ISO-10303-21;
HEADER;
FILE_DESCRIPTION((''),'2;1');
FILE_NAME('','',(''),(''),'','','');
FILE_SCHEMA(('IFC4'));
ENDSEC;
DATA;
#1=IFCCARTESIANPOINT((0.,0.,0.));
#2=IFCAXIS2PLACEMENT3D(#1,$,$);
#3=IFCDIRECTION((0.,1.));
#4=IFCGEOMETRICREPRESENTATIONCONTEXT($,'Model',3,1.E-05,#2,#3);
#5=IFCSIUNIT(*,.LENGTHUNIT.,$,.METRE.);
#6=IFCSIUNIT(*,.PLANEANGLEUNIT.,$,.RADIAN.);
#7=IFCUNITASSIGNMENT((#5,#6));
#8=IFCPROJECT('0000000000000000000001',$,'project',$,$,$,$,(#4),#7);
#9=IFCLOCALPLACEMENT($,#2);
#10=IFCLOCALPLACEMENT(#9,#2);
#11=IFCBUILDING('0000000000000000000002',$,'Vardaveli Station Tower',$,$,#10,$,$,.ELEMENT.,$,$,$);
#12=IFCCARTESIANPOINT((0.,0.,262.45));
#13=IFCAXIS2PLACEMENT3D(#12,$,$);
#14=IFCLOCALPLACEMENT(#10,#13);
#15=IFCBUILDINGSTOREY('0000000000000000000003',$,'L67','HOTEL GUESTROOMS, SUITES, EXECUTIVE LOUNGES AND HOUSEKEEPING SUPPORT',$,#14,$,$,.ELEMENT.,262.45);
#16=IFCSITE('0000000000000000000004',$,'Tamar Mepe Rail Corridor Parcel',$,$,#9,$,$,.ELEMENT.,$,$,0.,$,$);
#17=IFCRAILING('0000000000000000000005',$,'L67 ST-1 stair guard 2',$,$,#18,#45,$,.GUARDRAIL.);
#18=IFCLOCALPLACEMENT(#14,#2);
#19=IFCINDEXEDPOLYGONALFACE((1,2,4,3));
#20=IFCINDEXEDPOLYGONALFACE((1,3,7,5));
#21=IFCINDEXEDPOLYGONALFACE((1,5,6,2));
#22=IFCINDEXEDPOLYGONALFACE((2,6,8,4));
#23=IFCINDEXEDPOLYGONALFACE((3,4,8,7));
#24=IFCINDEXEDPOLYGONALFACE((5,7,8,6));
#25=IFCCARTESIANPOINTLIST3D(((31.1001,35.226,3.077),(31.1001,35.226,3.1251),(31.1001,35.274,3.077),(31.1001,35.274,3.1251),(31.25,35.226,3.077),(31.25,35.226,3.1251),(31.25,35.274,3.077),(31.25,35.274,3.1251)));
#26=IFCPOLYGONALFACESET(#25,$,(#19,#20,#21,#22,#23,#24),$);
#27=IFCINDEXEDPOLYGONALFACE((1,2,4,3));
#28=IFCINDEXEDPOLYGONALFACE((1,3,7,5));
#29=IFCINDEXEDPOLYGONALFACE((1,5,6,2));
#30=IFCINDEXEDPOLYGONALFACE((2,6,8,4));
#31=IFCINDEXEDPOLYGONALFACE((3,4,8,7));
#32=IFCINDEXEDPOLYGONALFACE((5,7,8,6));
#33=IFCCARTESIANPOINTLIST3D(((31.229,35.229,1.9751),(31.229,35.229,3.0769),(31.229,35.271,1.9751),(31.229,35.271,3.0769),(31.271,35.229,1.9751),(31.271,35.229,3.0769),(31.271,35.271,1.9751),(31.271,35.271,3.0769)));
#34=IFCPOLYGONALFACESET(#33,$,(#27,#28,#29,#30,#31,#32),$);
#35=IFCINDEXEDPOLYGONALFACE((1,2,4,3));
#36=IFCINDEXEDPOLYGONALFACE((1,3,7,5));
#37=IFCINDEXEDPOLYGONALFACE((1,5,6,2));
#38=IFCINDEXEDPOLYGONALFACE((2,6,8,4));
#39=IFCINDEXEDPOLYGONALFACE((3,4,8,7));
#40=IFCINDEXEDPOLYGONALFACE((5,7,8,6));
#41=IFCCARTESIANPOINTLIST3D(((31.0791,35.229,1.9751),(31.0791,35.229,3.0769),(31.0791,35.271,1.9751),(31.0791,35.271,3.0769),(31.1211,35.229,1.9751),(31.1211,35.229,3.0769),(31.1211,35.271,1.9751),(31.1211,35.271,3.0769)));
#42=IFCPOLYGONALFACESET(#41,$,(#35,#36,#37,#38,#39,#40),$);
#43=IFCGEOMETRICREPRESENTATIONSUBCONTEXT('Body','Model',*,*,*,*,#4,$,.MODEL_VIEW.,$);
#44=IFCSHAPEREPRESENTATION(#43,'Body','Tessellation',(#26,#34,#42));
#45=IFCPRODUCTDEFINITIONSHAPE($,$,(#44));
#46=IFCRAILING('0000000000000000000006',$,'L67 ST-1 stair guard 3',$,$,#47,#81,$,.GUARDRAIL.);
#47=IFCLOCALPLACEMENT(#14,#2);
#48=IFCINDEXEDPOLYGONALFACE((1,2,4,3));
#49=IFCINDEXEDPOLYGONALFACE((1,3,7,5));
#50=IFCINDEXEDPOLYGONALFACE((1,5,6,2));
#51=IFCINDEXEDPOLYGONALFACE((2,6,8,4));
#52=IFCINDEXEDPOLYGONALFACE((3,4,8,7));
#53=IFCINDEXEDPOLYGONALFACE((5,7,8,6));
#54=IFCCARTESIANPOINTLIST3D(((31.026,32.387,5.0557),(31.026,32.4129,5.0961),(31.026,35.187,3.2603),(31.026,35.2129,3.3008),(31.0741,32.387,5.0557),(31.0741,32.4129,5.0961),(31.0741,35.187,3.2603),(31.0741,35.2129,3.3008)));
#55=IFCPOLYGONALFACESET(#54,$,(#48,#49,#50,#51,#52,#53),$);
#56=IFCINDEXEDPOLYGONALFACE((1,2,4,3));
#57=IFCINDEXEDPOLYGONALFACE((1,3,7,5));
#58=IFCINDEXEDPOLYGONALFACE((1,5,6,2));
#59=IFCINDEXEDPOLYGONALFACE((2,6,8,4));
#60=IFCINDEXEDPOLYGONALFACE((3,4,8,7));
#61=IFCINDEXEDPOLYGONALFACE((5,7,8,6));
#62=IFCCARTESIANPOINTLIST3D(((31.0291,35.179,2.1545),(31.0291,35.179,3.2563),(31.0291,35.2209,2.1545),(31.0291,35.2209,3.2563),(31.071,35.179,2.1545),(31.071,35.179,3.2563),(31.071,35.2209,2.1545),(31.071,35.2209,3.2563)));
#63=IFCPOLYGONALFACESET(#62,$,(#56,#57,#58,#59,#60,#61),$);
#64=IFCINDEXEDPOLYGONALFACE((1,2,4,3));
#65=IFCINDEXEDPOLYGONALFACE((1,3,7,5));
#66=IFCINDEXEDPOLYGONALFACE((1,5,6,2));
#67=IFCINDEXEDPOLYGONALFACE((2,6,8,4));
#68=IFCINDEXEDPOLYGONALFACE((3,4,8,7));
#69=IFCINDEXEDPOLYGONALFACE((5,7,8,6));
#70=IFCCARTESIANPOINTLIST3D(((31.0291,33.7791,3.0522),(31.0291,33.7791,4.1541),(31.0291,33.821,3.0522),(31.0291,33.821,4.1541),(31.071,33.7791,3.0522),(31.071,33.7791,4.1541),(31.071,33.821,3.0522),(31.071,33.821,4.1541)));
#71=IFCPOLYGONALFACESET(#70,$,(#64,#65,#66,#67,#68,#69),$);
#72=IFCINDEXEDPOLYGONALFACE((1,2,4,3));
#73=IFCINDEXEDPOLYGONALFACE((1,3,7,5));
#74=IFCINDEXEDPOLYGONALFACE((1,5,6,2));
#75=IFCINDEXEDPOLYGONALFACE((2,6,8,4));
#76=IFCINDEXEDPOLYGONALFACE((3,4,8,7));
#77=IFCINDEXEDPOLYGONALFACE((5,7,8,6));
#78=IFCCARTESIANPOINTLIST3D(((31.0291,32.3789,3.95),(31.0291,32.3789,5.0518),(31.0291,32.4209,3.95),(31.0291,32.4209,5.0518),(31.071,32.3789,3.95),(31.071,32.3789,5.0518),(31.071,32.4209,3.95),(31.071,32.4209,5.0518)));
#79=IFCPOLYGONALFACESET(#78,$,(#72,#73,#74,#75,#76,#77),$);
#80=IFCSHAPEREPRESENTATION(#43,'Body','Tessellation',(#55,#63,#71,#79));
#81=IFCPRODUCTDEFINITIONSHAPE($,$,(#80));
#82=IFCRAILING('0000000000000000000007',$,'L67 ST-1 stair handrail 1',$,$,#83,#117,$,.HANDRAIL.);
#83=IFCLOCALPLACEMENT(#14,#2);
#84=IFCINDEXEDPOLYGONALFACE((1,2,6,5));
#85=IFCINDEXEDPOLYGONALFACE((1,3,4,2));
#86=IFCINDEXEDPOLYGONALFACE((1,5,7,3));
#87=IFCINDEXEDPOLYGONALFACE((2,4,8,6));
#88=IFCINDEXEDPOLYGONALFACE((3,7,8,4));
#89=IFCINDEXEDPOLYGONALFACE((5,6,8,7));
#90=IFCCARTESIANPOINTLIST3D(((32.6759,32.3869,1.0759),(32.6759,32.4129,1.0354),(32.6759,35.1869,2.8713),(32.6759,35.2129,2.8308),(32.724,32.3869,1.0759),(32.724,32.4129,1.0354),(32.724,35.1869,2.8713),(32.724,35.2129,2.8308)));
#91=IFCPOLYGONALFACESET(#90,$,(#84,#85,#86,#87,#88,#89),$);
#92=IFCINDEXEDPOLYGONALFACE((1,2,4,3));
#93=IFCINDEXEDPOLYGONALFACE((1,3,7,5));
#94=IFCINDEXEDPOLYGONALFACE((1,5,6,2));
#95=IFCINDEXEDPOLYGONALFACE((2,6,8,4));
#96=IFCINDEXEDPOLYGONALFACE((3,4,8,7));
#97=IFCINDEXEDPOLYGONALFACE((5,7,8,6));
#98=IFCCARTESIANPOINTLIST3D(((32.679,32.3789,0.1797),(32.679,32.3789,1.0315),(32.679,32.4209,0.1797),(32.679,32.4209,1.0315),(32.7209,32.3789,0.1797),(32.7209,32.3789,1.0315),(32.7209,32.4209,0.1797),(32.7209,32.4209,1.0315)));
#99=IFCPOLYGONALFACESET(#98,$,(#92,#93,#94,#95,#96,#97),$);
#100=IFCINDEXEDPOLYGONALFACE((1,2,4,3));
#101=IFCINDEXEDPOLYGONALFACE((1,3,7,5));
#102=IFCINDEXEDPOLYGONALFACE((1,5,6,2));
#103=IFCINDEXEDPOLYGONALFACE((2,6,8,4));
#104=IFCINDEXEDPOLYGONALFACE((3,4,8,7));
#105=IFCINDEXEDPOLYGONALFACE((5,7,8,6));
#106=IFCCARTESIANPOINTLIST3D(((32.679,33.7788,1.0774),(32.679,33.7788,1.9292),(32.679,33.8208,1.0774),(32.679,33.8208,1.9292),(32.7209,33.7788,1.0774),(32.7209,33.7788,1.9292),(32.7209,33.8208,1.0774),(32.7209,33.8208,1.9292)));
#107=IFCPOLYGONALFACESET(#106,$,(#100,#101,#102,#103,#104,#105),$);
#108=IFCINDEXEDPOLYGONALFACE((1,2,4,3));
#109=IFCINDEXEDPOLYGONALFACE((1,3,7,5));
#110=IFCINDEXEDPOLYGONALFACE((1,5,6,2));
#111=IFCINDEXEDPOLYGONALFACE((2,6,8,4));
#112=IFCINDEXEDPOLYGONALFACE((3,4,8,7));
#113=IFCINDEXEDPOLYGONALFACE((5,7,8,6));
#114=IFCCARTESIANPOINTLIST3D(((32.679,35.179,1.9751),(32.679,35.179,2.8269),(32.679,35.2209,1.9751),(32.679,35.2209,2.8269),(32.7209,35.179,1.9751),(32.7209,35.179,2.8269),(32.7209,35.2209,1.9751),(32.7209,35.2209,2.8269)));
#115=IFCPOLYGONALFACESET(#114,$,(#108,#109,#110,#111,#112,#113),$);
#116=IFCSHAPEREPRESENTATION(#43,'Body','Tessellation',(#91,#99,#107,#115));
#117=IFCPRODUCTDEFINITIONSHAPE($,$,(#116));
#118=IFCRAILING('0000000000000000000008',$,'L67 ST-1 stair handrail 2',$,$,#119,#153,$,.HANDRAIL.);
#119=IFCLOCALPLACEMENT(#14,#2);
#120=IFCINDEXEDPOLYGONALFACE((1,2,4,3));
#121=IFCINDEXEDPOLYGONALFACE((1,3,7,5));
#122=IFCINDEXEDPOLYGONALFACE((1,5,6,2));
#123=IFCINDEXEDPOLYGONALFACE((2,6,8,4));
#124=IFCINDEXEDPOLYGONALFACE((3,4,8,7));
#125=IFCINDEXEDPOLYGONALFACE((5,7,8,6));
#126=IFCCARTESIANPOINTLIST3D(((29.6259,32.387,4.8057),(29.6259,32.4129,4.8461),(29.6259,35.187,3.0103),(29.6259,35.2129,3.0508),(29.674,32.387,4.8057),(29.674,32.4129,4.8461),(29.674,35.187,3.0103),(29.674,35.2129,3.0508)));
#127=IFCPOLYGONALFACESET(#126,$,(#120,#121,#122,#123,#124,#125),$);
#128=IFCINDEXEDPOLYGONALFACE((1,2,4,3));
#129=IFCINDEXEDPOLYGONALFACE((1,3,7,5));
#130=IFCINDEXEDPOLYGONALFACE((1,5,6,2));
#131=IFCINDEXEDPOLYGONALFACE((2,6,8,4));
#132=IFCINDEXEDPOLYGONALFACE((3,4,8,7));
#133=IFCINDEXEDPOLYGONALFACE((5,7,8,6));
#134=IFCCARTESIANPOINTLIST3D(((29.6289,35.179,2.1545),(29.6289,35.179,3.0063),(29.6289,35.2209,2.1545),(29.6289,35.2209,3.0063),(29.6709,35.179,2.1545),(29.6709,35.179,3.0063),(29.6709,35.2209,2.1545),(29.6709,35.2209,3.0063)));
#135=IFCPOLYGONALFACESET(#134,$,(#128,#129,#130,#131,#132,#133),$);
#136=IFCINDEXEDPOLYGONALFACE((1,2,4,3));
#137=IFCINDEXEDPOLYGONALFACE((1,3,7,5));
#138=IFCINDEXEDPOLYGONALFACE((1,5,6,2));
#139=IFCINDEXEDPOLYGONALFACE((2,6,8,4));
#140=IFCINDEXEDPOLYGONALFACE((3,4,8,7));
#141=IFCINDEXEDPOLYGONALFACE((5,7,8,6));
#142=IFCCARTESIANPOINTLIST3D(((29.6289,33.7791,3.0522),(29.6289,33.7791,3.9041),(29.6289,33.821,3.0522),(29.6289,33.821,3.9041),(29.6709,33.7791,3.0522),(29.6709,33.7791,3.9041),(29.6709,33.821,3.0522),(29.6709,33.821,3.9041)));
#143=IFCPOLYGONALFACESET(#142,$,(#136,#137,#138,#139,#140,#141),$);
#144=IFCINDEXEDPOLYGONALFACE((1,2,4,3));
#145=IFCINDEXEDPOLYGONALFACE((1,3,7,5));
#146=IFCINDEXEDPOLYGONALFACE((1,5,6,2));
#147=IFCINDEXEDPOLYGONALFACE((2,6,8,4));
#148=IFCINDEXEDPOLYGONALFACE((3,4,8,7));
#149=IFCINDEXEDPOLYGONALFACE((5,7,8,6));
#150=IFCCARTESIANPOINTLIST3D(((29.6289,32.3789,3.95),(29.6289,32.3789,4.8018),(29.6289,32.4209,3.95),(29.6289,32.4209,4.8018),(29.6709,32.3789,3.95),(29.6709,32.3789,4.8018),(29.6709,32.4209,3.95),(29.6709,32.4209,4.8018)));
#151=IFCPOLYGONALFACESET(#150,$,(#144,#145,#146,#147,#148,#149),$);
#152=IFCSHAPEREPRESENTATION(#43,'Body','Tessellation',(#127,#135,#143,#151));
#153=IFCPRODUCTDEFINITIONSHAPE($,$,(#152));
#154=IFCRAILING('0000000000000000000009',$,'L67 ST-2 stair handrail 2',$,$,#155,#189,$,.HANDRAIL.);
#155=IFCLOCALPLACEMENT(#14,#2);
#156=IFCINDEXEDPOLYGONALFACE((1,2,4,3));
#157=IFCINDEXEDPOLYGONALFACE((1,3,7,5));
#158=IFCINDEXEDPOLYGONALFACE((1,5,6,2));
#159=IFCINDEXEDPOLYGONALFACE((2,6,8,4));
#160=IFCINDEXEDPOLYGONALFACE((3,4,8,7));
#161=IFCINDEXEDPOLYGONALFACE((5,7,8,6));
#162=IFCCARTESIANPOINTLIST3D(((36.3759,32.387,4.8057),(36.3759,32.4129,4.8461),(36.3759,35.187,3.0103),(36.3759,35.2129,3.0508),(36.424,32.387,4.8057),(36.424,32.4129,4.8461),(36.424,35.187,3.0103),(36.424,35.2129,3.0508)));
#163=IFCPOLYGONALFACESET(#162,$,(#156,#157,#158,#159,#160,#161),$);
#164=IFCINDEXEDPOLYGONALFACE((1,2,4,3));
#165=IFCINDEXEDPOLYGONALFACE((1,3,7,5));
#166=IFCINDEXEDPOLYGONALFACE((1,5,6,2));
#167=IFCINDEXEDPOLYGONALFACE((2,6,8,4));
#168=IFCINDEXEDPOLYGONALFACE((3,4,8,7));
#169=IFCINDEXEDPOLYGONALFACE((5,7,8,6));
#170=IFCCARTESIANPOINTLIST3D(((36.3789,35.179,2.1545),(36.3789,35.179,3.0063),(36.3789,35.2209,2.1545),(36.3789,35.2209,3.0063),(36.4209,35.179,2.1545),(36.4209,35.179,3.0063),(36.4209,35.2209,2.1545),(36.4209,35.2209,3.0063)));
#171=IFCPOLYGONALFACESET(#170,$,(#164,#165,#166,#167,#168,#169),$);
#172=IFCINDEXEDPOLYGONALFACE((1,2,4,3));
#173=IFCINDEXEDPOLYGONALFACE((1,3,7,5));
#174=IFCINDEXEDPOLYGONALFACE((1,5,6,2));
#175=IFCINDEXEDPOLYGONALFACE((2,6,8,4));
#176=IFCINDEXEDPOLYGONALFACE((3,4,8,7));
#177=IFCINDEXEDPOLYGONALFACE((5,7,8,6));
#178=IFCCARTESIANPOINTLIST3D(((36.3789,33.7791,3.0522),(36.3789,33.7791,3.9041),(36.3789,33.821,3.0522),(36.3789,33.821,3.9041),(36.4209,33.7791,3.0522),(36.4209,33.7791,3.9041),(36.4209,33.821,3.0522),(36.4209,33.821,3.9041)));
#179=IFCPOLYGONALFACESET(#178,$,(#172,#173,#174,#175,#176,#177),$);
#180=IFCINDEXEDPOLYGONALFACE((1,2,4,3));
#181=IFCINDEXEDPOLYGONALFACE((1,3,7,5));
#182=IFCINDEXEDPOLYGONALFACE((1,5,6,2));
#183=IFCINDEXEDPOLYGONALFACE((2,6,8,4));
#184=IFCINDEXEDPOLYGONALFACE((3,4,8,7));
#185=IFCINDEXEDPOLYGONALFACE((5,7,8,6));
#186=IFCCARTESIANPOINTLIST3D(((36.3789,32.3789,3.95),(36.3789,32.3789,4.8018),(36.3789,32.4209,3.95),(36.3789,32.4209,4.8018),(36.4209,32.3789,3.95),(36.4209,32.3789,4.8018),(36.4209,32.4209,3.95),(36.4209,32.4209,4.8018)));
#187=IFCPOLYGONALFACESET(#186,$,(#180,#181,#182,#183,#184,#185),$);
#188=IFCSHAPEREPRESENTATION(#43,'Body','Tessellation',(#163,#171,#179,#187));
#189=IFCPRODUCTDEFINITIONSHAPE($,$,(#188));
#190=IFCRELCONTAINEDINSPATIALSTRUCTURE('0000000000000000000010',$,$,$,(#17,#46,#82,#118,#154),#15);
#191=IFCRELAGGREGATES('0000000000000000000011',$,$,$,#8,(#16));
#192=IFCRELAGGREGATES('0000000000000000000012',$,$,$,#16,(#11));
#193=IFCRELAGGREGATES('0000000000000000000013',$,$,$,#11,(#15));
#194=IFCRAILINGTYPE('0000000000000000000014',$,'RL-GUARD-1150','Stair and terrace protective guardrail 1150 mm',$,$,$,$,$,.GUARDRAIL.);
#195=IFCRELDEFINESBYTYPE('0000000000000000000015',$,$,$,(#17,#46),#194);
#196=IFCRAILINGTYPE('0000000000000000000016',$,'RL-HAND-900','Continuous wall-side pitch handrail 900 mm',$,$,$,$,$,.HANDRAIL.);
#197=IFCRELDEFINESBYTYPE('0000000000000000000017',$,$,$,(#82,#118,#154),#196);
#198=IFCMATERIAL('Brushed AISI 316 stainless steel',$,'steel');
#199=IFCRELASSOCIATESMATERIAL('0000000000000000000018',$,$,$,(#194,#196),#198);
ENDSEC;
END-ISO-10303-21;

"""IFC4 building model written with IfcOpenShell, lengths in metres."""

from ifc_helpers import new_model, si_unit, direction, frame, origin, origin_2d, place, context, subcontext, project, spatial, rectangle, extrude, source, transform, mapped, material, type_object, element, save


model = new_model("IFC4")

# Units and contexts
model_context = context("Model", 3, precision=1e-05, world=origin(), true_north=direction((0.0, 1.0)))
body_context = subcontext(model_context, "Body", "Model", "MODEL_VIEW")
ifc_project = project(units=[si_unit("LENGTHUNIT", "METRE"), si_unit("PLANEANGLEUNIT", "RADIAN")], contexts=[model_context])

# Site, building, storey
site_placement = place(None, origin())
site = spatial("IfcSite", under=ifc_project, at=site_placement, Name="Tamar Mepe Rail Corridor Parcel", CompositionType="ELEMENT", RefElevation=0.0)
building_placement = place(site_placement, origin())
building = spatial("IfcBuilding", under=site, at=building_placement, Name="Vardaveli Station Tower", CompositionType="ELEMENT")
storey_placement = place(building_placement, frame((0.0, 0.0, 262.45)))
storey = spatial("IfcBuildingStorey", under=building, at=storey_placement, Name="L67", Description="HOTEL GUESTROOMS, SUITES, EXECUTIVE LOUNGES AND HOUSEKEEPING SUPPORT", CompositionType="ELEMENT", Elevation=262.45)

# Railings
ifc_material_1 = material(Name="Brushed AISI 316 stainless steel", Category="steel")
railing_type_1 = type_object("IfcRailingType", Name="RL-GUARD-1150", Description="Stair and terrace protective guardrail 1150 mm", PredefinedType="GUARDRAIL", material=ifc_material_1)
shared_shape_1 = source(origin(), body_context, "Body", "SweptSolid", [
    extrude(rectangle(XDim=0.0481, YDim=0.0481, at=origin_2d()), frame((0.0, 0.0, 1.126), z_axis=(-1.0, 0.0, 0.0), x_axis=(0.0, -1.0, 0.0)), (0.0, 0.0, 1.0), 0.1499),
    extrude(rectangle(XDim=0.042, YDim=0.042, at=origin_2d()), origin(), (0.0, 0.0, 1.0), 1.1018),
    extrude(rectangle(XDim=0.042, YDim=0.042, at=origin_2d()), frame((-0.1499, 0.0, 0.0)), (0.0, 0.0, 1.0), 1.1018),
])
railing_1_placement = place(storey_placement, frame((31.25, 35.25, 1.9751)))
element("IfcRailing", 1, at=railing_1_placement, inside=storey, type_object=railing_type_1, Name="L67 ST-1 stair guard 2", PredefinedType="GUARDRAIL", context=body_context, shape_type="MappedRepresentation", body=[
    mapped(shared_shape_1, transform((0.0, 0.0, 0.0), scale=1.0)),
])
shared_shape_2 = source(origin(), body_context, "Body", "SweptSolid", [
    extrude(rectangle(XDim=0.0481, YDim=0.0481, at=origin_2d()), frame((0.0, 0.0, 1.126), z_axis=(0.0, -0.84181, 0.539774), x_axis=(1.0, 0.0, 0.0)), (0.0, 0.0, 1.0), 3.3262),
    extrude(rectangle(XDim=0.042, YDim=0.042, at=origin_2d()), origin(), (0.0, 0.0, 1.0), 1.1018),
    extrude(rectangle(XDim=0.042, YDim=0.042, at=origin_2d()), frame((0.0, -1.3999, 0.8977)), (0.0, 0.0, 1.0), 1.1018),
    extrude(rectangle(XDim=0.042, YDim=0.042, at=origin_2d()), frame((0.0, -2.8, 1.7954)), (0.0, 0.0, 1.0), 1.1018),
])
railing_2_placement = place(storey_placement, frame((31.05, 35.2, 2.1545)))
element("IfcRailing", 2, at=railing_2_placement, inside=storey, type_object=railing_type_1, Name="L67 ST-1 stair guard 3", PredefinedType="GUARDRAIL", context=body_context, shape_type="MappedRepresentation", body=[
    mapped(shared_shape_2, transform((0.0, 0.0, 0.0), scale=1.0)),
])
railing_type_2 = type_object("IfcRailingType", Name="RL-HAND-900", Description="Continuous wall-side pitch handrail 900 mm", PredefinedType="HANDRAIL", material=ifc_material_1)
shared_shape_3 = source(origin(), body_context, "Body", "SweptSolid", [
    extrude(rectangle(XDim=0.0481, YDim=0.0481, at=origin_2d()), frame((0.0, 0.0, 0.876), z_axis=(0.0, 0.84181, 0.539774), x_axis=(-1.0, 0.0, 0.0)), (0.0, 0.0, 1.0), 3.3262),
    extrude(rectangle(XDim=0.042, YDim=0.042, at=origin_2d()), origin(), (0.0, 0.0, 1.0), 0.8518),
    extrude(rectangle(XDim=0.042, YDim=0.042, at=origin_2d()), frame((0.0, 1.3999, 0.8977)), (0.0, 0.0, 1.0), 0.8518),
    extrude(rectangle(XDim=0.042, YDim=0.042, at=origin_2d()), frame((0.0, 2.8, 1.7954)), (0.0, 0.0, 1.0), 0.8518),
])
railing_3_placement = place(storey_placement, frame((32.7, 32.3999, 0.1797)))
element("IfcRailing", 3, at=railing_3_placement, inside=storey, type_object=railing_type_2, Name="L67 ST-1 stair handrail 1", PredefinedType="HANDRAIL", context=body_context, shape_type="MappedRepresentation", body=[
    mapped(shared_shape_3, transform((0.0, 0.0, 0.0), scale=1.0)),
])
shared_shape_4 = source(origin(), body_context, "Body", "SweptSolid", [
    extrude(rectangle(XDim=0.0481, YDim=0.0481, at=origin_2d()), frame((0.0, 0.0, 0.876), z_axis=(0.0, -0.84181, 0.539774), x_axis=(1.0, 0.0, 0.0)), (0.0, 0.0, 1.0), 3.3262),
    extrude(rectangle(XDim=0.042, YDim=0.042, at=origin_2d()), origin(), (0.0, 0.0, 1.0), 0.8518),
    extrude(rectangle(XDim=0.042, YDim=0.042, at=origin_2d()), frame((0.0, -1.3999, 0.8977)), (0.0, 0.0, 1.0), 0.8518),
    extrude(rectangle(XDim=0.042, YDim=0.042, at=origin_2d()), frame((0.0, -2.8, 1.7954)), (0.0, 0.0, 1.0), 0.8518),
])
for number, where, name in (
    (4, (29.6499, 35.2, 2.1545), "L67 ST-1 stair handrail 2"),
    (5, (36.3999, 35.2, 2.1545), "L67 ST-2 stair handrail 2"),
):
    element("IfcRailing", number, at=place(storey_placement, frame(where)), inside=storey, type_object=railing_type_2, Name=name, PredefinedType="HANDRAIL", context=body_context, shape_type="MappedRepresentation", body=[
        mapped(shared_shape_4, transform((0.0, 0.0, 0.0), scale=1.0)),
    ])

save(model, "model.ifc")
